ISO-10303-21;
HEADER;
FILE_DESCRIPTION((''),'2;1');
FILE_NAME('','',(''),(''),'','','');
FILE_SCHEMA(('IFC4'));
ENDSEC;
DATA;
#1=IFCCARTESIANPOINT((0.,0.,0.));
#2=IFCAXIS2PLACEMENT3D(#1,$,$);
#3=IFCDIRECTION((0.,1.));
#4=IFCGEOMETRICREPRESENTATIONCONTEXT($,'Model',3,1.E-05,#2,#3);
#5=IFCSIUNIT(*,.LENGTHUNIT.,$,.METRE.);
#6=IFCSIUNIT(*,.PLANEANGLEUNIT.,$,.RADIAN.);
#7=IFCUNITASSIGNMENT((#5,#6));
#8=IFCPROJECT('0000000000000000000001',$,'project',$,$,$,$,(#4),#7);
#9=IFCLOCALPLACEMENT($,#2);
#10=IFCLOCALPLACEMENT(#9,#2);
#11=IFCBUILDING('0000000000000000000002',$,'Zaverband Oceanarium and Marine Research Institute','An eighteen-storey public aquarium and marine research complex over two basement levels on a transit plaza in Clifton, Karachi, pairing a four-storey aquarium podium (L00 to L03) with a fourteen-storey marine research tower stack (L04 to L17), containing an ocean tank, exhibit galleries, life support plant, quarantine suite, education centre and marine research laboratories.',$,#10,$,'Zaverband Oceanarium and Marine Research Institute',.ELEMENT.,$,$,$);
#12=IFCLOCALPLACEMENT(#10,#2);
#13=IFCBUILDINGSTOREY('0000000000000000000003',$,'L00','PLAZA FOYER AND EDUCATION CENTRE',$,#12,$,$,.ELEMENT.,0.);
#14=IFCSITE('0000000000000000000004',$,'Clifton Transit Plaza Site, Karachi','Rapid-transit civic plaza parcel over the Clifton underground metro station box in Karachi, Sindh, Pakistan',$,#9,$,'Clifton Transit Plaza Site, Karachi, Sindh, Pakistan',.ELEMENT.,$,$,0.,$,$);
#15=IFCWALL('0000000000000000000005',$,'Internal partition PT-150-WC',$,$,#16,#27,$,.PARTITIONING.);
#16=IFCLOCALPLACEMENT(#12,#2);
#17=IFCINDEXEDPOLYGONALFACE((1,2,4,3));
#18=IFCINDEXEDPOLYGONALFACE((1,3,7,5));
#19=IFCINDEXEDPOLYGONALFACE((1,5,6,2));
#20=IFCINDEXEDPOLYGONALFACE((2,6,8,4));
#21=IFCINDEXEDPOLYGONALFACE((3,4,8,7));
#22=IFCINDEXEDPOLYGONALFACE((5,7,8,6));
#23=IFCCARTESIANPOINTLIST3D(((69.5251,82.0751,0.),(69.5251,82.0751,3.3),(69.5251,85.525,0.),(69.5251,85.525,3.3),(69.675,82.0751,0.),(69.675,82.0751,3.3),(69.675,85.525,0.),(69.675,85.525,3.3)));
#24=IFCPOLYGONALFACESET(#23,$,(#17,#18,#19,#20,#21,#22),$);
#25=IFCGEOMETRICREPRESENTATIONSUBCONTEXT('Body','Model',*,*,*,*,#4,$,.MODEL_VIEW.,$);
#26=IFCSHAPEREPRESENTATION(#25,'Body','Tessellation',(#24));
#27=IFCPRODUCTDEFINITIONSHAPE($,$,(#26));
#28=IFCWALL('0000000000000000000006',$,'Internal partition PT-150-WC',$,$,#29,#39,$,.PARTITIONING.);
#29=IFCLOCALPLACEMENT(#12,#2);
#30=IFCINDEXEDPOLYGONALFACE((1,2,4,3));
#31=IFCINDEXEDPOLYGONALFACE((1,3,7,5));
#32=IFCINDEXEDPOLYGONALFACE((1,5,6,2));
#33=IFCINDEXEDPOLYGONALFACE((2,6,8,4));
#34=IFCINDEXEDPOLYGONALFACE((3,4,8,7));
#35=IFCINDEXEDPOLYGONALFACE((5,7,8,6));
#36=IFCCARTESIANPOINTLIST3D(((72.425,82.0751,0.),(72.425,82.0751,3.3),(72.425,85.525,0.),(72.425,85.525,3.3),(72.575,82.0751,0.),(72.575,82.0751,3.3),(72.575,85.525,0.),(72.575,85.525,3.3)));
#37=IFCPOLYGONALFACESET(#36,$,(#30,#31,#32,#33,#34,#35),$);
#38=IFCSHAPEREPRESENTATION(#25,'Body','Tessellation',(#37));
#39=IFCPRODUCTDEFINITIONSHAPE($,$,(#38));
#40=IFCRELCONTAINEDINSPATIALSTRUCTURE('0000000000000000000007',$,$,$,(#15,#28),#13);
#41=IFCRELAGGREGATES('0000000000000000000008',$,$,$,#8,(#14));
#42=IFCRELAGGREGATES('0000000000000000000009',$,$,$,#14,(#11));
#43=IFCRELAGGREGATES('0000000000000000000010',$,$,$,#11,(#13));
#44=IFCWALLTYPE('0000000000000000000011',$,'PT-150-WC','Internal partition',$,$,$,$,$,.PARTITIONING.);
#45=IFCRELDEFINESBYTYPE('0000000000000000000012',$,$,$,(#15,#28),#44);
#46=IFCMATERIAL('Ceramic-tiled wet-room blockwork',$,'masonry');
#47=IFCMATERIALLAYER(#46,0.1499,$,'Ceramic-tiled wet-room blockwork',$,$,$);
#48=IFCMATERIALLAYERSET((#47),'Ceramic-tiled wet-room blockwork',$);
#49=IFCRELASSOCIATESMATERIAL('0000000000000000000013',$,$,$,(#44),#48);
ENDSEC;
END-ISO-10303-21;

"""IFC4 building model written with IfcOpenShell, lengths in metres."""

from ifc_helpers import new_model, si_unit, direction, frame, frame_2d, origin, place, context, subcontext, project, spatial, rectangle, extrude, material, layer, layer_set, type_object, element, save


model = new_model("IFC4")

# Units and contexts
model_context = context("Model", 3, precision=1e-05, world=origin(), true_north=direction((0.0, 1.0)))
body_context = subcontext(model_context, "Body", "Model", "MODEL_VIEW")
ifc_project = project(units=[si_unit("LENGTHUNIT", "METRE"), si_unit("PLANEANGLEUNIT", "RADIAN")], contexts=[model_context])

# Site, building, storey
site_placement = place(None, origin())
site = spatial("IfcSite", under=ifc_project, at=site_placement, Name="Clifton Transit Plaza Site, Karachi", Description="Rapid-transit civic plaza parcel over the Clifton underground metro station box in Karachi, Sindh, Pakistan", LongName="Clifton Transit Plaza Site, Karachi, Sindh, Pakistan", CompositionType="ELEMENT", RefElevation=0.0)
building_placement = place(site_placement, origin())
building = spatial("IfcBuilding", under=site, at=building_placement, Name="Zaverband Oceanarium and Marine Research Institute", Description="An eighteen-storey public aquarium and marine research complex over two basement levels on a transit plaza in Clifton, Karachi, pairing a four-storey aquarium podium (L00 to L03) with a fourteen-storey marine research tower stack (L04 to L17), containing an ocean tank, exhibit galleries, life support plant, quarantine suite, education centre and marine research laboratories.", LongName="Zaverband Oceanarium and Marine Research Institute", CompositionType="ELEMENT")
storey_placement = place(building_placement, origin())
storey = spatial("IfcBuildingStorey", under=building, at=storey_placement, Name="L00", Description="PLAZA FOYER AND EDUCATION CENTRE", CompositionType="ELEMENT", Elevation=0.0)

# Shared definitions
ifc_material_1 = material(Name="Ceramic-tiled wet-room blockwork", Category="masonry")
ifc_layer = layer(ifc_material_1, 0.1499, Name="Ceramic-tiled wet-room blockwork")
ifc_layer_set = layer_set([ifc_layer], Name="Ceramic-tiled wet-room blockwork")
wall_type = type_object("IfcWallType", Name="PT-150-WC", Description="Internal partition", PredefinedType="PARTITIONING", material=ifc_layer_set)

# Walls
for number, where, z_axis, x_axis, name in (
    (1, (69.6001, 82.075, 0.0), (0.0, 0.0, 1.0), (0.0, 1.0, 0.0), "Internal partition PT-150-WC"),
    (2, (72.5, 82.075, 0.0), (0.0, 0.0, 1.0), (0.0, 1.0, 0.0), "Internal partition PT-150-WC"),
):
    element("IfcWall", number, at=place(storey_placement, frame(where, z_axis=z_axis, x_axis=x_axis)), inside=storey, type_object=wall_type, Name=name, PredefinedType="PARTITIONING", context=body_context, shape_type="SweptSolid", body=[
        extrude(rectangle(XDim=3.45, YDim=0.1499, at=frame_2d((1.7251, 0.0))), origin(), (0.0, 0.0, 1.0), 3.3),
    ])

save(model, "model.ifc")
